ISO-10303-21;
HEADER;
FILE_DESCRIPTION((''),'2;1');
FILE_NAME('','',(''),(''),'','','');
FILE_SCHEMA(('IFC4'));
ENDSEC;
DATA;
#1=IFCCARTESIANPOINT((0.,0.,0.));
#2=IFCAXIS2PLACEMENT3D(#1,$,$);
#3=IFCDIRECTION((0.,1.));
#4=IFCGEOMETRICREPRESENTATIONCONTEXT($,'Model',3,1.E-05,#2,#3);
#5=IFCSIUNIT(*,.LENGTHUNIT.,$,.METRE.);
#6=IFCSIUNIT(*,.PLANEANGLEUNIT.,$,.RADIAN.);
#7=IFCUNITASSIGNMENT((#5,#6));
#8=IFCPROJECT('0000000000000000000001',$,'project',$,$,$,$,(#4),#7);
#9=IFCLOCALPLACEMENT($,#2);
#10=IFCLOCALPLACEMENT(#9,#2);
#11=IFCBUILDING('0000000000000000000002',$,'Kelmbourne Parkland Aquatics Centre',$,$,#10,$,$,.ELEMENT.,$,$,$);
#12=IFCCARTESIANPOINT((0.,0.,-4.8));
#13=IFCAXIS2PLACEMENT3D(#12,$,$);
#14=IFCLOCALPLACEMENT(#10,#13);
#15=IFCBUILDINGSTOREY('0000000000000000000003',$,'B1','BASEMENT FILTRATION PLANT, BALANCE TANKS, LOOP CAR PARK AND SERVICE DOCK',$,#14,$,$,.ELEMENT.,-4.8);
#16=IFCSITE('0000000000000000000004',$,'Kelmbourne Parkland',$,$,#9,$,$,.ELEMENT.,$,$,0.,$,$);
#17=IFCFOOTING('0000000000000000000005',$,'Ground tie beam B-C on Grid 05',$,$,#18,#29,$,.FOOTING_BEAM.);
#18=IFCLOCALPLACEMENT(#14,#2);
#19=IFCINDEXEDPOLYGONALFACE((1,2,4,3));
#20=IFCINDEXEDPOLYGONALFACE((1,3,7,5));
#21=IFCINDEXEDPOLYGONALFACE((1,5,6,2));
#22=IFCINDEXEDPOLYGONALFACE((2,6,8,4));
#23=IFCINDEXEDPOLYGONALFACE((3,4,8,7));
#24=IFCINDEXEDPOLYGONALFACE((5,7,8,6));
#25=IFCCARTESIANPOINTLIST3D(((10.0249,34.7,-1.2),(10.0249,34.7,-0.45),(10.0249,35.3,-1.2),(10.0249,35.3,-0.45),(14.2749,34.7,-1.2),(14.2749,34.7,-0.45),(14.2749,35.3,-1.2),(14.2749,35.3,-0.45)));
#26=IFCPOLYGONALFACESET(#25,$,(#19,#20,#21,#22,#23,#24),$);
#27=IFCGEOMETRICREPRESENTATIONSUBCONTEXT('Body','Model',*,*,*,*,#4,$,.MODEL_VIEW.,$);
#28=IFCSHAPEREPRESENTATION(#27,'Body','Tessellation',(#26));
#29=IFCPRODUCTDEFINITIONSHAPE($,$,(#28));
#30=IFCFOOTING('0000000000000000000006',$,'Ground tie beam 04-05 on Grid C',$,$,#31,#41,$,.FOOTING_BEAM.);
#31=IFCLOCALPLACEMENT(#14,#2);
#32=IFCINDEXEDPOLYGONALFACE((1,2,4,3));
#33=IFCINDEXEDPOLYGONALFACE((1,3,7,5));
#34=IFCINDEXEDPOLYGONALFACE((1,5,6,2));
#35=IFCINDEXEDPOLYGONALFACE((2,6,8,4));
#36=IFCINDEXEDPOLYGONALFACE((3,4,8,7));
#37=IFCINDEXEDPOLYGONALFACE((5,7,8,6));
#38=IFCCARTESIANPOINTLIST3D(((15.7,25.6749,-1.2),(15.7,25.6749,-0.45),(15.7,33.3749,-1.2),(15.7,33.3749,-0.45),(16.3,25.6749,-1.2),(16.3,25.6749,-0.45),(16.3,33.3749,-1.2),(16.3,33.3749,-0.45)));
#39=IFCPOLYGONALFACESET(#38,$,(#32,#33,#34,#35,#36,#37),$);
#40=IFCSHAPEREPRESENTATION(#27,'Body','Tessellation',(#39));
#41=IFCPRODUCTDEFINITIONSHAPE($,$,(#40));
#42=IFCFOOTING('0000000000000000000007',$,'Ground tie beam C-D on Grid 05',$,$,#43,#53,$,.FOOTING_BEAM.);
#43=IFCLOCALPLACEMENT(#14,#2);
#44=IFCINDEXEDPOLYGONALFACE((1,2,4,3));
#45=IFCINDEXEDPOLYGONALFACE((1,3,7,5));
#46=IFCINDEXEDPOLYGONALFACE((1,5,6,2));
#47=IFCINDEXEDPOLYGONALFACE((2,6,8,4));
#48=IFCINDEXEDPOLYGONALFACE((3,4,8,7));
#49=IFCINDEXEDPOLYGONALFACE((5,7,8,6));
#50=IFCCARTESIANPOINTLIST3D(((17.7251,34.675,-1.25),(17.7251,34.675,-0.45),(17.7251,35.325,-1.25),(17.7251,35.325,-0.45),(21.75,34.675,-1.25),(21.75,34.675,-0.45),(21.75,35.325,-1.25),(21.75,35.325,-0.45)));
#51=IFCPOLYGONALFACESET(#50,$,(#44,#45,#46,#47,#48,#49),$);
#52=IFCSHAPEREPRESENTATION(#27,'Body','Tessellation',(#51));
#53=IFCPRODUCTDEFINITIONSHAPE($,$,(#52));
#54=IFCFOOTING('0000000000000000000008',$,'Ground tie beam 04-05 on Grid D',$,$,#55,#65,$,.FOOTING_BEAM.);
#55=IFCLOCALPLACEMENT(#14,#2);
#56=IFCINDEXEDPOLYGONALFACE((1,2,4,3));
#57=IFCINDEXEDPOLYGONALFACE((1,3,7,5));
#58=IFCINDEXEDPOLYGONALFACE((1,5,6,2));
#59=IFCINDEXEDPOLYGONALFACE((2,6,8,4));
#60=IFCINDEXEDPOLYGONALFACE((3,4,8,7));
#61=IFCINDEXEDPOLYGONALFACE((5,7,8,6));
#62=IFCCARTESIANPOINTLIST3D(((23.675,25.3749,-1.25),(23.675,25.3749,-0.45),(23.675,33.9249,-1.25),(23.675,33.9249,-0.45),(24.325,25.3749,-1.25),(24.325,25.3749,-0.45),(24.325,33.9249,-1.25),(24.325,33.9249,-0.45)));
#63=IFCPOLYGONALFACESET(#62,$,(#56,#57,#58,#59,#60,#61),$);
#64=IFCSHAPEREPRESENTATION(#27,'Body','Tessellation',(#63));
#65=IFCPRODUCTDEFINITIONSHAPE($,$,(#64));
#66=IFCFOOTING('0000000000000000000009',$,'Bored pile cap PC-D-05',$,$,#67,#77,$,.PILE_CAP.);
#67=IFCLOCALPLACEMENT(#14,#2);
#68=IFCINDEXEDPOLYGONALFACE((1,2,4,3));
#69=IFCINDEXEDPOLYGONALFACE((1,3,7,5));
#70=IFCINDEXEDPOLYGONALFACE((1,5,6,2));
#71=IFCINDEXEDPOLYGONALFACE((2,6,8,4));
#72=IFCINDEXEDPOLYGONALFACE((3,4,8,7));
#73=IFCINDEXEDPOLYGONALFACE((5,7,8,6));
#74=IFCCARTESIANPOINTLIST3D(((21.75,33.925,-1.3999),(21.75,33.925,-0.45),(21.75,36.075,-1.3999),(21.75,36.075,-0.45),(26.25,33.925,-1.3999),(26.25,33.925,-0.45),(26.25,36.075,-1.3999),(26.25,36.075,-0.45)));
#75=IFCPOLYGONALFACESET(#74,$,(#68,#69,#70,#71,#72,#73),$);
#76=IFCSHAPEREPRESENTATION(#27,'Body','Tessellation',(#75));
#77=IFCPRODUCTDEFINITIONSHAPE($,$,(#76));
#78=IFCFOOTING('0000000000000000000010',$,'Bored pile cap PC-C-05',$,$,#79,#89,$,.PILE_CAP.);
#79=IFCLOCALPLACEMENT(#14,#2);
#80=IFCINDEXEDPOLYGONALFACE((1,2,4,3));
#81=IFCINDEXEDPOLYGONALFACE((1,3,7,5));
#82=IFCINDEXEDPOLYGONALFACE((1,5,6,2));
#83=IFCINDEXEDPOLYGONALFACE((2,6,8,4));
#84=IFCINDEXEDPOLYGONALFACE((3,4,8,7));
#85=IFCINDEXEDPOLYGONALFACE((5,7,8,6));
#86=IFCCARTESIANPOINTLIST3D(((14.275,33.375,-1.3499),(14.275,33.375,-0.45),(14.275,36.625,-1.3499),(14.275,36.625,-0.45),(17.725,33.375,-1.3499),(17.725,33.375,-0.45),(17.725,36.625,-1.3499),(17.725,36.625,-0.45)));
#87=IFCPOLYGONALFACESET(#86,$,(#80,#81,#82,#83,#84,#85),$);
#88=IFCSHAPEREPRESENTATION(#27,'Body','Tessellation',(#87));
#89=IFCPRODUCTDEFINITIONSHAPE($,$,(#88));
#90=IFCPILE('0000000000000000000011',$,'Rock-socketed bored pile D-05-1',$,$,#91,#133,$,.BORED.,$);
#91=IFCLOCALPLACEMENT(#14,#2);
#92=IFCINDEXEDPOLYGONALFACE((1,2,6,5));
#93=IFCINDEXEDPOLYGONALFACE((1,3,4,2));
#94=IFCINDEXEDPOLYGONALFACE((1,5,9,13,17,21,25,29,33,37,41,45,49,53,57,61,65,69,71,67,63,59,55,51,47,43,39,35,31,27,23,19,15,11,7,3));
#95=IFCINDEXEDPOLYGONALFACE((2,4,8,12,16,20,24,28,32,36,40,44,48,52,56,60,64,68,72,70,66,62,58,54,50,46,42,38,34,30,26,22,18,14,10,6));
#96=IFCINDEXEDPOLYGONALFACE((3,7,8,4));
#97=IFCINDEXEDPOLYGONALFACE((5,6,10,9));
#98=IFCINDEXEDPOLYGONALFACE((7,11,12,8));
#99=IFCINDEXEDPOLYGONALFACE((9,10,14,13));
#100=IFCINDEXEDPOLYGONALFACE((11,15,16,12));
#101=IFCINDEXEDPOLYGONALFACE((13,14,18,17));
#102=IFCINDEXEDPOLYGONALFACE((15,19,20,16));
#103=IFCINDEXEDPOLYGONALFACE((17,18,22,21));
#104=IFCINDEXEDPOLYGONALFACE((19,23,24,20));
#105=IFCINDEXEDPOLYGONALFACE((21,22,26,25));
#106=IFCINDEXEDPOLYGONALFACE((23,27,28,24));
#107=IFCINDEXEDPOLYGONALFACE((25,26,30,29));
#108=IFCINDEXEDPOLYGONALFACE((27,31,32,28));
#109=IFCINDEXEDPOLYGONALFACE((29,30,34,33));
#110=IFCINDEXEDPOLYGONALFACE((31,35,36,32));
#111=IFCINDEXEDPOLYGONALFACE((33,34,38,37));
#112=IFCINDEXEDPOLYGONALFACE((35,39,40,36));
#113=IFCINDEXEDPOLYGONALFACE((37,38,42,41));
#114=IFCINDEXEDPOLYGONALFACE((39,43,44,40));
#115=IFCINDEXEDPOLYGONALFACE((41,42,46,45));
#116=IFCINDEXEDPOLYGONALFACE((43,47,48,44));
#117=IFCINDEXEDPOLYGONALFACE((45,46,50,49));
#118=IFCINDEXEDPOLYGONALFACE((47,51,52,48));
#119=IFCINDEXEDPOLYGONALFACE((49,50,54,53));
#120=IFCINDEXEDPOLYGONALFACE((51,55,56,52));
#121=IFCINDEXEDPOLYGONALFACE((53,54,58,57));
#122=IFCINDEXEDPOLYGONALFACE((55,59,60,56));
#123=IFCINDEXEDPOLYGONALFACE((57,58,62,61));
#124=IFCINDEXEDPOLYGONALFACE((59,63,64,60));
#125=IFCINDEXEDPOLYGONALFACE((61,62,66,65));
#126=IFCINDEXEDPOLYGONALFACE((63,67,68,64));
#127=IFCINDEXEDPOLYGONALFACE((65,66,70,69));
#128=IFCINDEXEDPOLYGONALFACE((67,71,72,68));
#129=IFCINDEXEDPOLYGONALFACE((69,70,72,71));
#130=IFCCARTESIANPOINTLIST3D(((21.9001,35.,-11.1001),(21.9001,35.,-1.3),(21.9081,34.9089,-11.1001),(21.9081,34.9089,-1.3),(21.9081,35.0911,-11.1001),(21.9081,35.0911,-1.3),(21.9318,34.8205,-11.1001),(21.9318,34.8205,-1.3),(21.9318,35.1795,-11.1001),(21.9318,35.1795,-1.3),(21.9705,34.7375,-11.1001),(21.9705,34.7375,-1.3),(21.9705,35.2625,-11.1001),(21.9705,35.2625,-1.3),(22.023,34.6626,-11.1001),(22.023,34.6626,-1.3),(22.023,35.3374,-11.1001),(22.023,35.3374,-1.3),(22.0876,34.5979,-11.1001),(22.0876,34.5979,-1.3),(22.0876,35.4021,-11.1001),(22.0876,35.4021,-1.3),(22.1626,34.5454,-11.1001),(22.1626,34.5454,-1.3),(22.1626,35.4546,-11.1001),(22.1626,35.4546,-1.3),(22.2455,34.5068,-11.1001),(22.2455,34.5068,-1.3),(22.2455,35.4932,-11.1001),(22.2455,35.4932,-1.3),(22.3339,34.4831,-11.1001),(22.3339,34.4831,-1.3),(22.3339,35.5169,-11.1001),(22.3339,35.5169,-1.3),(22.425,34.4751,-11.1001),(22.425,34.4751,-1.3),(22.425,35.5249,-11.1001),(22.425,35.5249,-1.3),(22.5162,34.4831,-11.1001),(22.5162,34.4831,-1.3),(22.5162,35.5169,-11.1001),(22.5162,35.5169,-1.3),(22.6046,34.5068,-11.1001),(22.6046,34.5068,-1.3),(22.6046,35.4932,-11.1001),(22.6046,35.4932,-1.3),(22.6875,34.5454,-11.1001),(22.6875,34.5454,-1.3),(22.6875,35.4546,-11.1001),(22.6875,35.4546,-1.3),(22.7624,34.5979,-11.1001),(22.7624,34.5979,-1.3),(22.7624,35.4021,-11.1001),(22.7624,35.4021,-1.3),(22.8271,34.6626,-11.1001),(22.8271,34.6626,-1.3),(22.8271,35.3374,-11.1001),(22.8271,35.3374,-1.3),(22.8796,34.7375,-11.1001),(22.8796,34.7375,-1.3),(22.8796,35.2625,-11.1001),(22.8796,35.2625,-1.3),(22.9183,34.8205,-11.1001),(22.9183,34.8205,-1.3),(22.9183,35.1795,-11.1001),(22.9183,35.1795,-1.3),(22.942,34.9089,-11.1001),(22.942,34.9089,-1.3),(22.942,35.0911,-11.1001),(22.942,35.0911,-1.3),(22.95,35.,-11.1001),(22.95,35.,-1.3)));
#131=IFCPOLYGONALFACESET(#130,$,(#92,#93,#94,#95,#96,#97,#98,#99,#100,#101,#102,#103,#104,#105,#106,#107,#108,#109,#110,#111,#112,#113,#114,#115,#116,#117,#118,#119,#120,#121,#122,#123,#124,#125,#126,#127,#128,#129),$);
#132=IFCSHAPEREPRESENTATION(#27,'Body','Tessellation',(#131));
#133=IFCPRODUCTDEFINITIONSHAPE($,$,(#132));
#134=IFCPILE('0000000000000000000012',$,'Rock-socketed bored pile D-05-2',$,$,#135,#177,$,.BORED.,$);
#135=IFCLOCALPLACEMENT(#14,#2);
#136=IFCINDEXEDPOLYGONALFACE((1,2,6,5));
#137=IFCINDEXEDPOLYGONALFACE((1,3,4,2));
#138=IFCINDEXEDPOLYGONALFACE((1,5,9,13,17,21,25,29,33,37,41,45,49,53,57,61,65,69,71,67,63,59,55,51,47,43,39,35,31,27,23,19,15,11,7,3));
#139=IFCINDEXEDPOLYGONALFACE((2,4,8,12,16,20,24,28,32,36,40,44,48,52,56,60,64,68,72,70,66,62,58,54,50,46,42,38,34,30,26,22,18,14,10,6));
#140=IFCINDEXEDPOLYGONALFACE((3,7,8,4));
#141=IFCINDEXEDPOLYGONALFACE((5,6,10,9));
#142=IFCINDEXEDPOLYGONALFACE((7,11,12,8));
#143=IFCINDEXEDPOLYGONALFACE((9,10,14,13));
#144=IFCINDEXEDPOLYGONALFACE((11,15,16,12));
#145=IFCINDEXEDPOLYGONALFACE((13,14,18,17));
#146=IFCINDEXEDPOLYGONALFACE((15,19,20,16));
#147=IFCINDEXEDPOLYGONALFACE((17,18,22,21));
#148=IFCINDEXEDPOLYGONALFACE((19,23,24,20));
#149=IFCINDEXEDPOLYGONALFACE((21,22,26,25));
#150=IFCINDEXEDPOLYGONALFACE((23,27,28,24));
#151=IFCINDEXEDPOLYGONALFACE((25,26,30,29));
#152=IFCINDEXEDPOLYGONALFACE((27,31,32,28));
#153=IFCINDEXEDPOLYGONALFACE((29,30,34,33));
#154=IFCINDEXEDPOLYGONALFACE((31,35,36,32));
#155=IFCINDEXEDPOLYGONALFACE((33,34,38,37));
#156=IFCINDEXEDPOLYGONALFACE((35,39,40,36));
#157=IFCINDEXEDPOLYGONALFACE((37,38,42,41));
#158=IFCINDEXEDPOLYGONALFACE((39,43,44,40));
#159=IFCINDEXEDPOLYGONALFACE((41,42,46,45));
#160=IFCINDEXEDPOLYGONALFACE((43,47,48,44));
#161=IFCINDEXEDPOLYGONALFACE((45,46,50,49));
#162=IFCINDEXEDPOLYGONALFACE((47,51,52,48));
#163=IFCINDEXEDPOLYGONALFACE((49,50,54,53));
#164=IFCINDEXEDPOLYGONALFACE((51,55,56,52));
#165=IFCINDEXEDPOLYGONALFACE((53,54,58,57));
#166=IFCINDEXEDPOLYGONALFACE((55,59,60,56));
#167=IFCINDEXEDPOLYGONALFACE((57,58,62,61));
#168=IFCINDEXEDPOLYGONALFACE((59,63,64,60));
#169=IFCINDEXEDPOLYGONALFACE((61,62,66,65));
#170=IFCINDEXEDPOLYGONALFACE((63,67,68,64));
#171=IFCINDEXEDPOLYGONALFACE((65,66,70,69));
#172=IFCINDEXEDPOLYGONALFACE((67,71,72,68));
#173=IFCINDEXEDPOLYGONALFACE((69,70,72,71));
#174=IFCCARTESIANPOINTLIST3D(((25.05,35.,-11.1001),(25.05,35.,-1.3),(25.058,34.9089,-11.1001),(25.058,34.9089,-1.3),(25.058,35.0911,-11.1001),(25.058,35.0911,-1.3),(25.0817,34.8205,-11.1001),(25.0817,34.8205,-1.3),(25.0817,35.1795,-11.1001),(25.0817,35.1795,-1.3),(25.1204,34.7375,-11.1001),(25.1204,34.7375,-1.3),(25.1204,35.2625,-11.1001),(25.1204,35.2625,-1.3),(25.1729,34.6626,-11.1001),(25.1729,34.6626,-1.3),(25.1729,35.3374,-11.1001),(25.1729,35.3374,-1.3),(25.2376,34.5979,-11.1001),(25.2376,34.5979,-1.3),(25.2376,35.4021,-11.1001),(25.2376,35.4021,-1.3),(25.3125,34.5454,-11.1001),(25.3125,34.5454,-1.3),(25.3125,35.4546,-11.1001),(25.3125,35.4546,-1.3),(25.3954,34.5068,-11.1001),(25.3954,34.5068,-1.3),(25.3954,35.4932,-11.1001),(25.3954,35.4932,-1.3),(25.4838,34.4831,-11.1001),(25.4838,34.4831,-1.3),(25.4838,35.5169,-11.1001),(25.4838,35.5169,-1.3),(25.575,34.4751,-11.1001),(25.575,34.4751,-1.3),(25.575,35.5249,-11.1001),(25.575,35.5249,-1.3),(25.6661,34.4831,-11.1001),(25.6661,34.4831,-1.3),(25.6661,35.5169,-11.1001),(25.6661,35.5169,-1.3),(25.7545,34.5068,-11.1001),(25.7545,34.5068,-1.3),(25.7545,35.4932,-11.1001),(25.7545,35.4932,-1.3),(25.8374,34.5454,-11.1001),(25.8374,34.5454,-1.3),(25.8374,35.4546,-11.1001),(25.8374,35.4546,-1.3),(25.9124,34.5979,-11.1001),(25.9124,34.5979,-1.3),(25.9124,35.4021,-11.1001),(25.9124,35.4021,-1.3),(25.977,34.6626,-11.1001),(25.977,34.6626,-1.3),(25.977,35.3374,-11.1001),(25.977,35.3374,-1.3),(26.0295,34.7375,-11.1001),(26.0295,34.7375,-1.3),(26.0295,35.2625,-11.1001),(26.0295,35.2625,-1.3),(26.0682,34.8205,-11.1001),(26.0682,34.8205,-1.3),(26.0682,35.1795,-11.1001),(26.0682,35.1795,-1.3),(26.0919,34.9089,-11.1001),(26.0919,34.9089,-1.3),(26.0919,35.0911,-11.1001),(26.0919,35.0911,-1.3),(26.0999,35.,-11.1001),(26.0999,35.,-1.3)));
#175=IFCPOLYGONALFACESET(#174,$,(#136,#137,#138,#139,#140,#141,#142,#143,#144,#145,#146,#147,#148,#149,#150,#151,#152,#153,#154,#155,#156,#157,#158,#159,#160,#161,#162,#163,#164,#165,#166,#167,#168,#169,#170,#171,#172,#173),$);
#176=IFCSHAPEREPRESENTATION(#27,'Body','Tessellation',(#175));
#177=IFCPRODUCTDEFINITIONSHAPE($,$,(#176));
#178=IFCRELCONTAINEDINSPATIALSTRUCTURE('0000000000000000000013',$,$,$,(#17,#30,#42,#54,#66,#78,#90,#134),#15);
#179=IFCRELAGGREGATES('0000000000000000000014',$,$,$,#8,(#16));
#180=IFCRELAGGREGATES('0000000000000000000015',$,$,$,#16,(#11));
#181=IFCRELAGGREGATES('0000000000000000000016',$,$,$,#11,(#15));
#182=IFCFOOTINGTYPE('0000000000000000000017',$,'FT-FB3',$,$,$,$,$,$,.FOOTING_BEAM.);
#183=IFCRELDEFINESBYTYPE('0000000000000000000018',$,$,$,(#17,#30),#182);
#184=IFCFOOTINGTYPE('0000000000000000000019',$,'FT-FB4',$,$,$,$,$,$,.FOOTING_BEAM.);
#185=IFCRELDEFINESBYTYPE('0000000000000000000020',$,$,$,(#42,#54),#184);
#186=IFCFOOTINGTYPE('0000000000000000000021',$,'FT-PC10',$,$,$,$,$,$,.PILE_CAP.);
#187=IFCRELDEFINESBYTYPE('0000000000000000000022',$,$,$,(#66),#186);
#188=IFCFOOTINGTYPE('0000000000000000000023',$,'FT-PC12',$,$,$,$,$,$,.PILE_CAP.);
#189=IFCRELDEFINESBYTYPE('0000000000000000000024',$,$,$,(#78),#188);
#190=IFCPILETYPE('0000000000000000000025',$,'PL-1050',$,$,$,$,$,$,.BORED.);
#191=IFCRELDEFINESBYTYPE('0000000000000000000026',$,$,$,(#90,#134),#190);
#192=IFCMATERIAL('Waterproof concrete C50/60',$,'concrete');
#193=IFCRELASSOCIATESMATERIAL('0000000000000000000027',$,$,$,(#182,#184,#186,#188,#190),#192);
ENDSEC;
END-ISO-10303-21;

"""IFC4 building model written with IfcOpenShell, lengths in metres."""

from ifc_helpers import new_model, si_unit, direction, frame, origin, origin_2d, place, context, subcontext, project, spatial, rectangle, circle, extrude, material, material_profile, profile_set, type_object, element, save


model = new_model("IFC4")

# Units and contexts
model_context = context("Model", 3, precision=1e-05, world=origin(), true_north=direction((0.0, 1.0)))
body_context = subcontext(model_context, "Body", "Model", "MODEL_VIEW")
ifc_project = project(units=[si_unit("LENGTHUNIT", "METRE"), si_unit("PLANEANGLEUNIT", "RADIAN")], contexts=[model_context])

# Site, building, storey
site_placement = place(None, origin())
site = spatial("IfcSite", under=ifc_project, at=site_placement, Name="Kelmbourne Parkland", CompositionType="ELEMENT", RefElevation=0.0)
building_placement = place(site_placement, origin())
building = spatial("IfcBuilding", under=site, at=building_placement, Name="Kelmbourne Parkland Aquatics Centre", CompositionType="ELEMENT")
storey_placement = place(building_placement, frame((0.0, 0.0, -4.8)))
storey = spatial("IfcBuildingStorey", under=building, at=storey_placement, Name="B1", Description="BASEMENT FILTRATION PLANT, BALANCE TANKS, LOOP CAR PARK AND SERVICE DOCK", CompositionType="ELEMENT", Elevation=-4.8)

# Footings
ifc_material_1 = material(Name="Waterproof concrete C50/60", Category="concrete")
footing_type_1 = type_object("IfcFootingType", Name="FT-FB3", PredefinedType="FOOTING_BEAM", material=ifc_material_1)
footing_1_placement = place(storey_placement, frame((12.1499, 35.0, -1.2), z_axis=(0.0, 0.0, 1.0), x_axis=(1.0, 0.0, 0.0)))
element("IfcFooting", 1, at=footing_1_placement, inside=storey, type_object=footing_type_1, Name="Ground tie beam B-C on Grid 05", PredefinedType="FOOTING_BEAM", context=body_context, shape_type="SweptSolid", body=[
    extrude(rectangle(XDim=4.25, YDim=0.6001, at=origin_2d()), origin(), (0.0, 0.0, 1.0), 0.75),
])
footing_2_placement = place(storey_placement, frame((16.0, 29.5249, -1.2), z_axis=(0.0, 0.0, 1.0), x_axis=(0.0, 1.0, 0.0)))
element("IfcFooting", 2, at=footing_2_placement, inside=storey, type_object=footing_type_1, Name="Ground tie beam 04-05 on Grid C", PredefinedType="FOOTING_BEAM", context=body_context, shape_type="SweptSolid", body=[
    extrude(rectangle(XDim=7.7, YDim=0.6001, at=origin_2d()), origin(), (0.0, 0.0, 1.0), 0.75),
])
footing_type_2 = type_object("IfcFootingType", Name="FT-FB4", PredefinedType="FOOTING_BEAM", material=ifc_material_1)
footing_3_placement = place(storey_placement, frame((19.7375, 35.0, -1.25), z_axis=(0.0, 0.0, 1.0), x_axis=(1.0, 0.0, 0.0)))
element("IfcFooting", 3, at=footing_3_placement, inside=storey, type_object=footing_type_2, Name="Ground tie beam C-D on Grid 05", PredefinedType="FOOTING_BEAM", context=body_context, shape_type="SweptSolid", body=[
    extrude(rectangle(XDim=4.0249, YDim=0.6499, at=origin_2d()), origin(), (0.0, 0.0, 1.0), 0.8),
])
footing_4_placement = place(storey_placement, frame((24.0, 29.6499, -1.25), z_axis=(0.0, 0.0, 1.0), x_axis=(0.0, 1.0, 0.0)))
element("IfcFooting", 4, at=footing_4_placement, inside=storey, type_object=footing_type_2, Name="Ground tie beam 04-05 on Grid D", PredefinedType="FOOTING_BEAM", context=body_context, shape_type="SweptSolid", body=[
    extrude(rectangle(XDim=8.55, YDim=0.6499, at=origin_2d()), origin(), (0.0, 0.0, 1.0), 0.8),
])
footing_type_3 = type_object("IfcFootingType", Name="FT-PC10", PredefinedType="PILE_CAP", material=ifc_material_1)
footing_5_placement = place(storey_placement, frame((24.0, 35.0, -1.3999), z_axis=(0.0, 0.0, 1.0), x_axis=(1.0, 0.0, 0.0)))
element("IfcFooting", 5, at=footing_5_placement, inside=storey, type_object=footing_type_3, Name="Bored pile cap PC-D-05", PredefinedType="PILE_CAP", context=body_context, shape_type="SweptSolid", body=[
    extrude(rectangle(XDim=4.5, YDim=2.1499, at=origin_2d()), origin(), (0.0, 0.0, 1.0), 0.95),
])
footing_type_4 = type_object("IfcFootingType", Name="FT-PC12", PredefinedType="PILE_CAP", material=ifc_material_1)
footing_6_placement = place(storey_placement, frame((16.0, 35.0, -1.3499), z_axis=(0.0, 0.0, 1.0), x_axis=(1.0, 0.0, 0.0)))
element("IfcFooting", 6, at=footing_6_placement, inside=storey, type_object=footing_type_4, Name="Bored pile cap PC-C-05", PredefinedType="PILE_CAP", context=body_context, shape_type="SweptSolid", body=[
    extrude(rectangle(XDim=3.45, YDim=3.25, at=origin_2d()), origin(), (0.0, 0.0, 1.0), 0.8999),
])

# Piles
ifc_material_profile_1 = material_profile(ifc_material_1, circle(Radius=0.5249, at=origin_2d()), Name="PILE D1050")
ifc_profile_set_1 = profile_set([ifc_material_profile_1], Name="Waterproof concrete C50/60")
pile_type_1 = type_object("IfcPileType", Name="PL-1050", PredefinedType="BORED", material=ifc_profile_set_1)
for number, where, z_axis, x_axis, name in (
    (7, (22.425, 35.0, -1.3), (0.0, 0.0, -1.0), (1.0, 0.0, 0.0), "Rock-socketed bored pile D-05-1"),
    (8, (25.575, 35.0, -1.3), (0.0, 0.0, -1.0), (1.0, 0.0, 0.0), "Rock-socketed bored pile D-05-2"),
):
    element("IfcPile", number, at=place(storey_placement, frame(where, z_axis=z_axis, x_axis=x_axis)), inside=storey, type_object=pile_type_1, Name=name, PredefinedType="BORED", context=body_context, shape_type="SweptSolid", body=[
        extrude(circle(Radius=0.5249, at=origin_2d()), origin(), (0.0, 0.0, 1.0), 9.8),
    ])

save(model, "model.ifc")
